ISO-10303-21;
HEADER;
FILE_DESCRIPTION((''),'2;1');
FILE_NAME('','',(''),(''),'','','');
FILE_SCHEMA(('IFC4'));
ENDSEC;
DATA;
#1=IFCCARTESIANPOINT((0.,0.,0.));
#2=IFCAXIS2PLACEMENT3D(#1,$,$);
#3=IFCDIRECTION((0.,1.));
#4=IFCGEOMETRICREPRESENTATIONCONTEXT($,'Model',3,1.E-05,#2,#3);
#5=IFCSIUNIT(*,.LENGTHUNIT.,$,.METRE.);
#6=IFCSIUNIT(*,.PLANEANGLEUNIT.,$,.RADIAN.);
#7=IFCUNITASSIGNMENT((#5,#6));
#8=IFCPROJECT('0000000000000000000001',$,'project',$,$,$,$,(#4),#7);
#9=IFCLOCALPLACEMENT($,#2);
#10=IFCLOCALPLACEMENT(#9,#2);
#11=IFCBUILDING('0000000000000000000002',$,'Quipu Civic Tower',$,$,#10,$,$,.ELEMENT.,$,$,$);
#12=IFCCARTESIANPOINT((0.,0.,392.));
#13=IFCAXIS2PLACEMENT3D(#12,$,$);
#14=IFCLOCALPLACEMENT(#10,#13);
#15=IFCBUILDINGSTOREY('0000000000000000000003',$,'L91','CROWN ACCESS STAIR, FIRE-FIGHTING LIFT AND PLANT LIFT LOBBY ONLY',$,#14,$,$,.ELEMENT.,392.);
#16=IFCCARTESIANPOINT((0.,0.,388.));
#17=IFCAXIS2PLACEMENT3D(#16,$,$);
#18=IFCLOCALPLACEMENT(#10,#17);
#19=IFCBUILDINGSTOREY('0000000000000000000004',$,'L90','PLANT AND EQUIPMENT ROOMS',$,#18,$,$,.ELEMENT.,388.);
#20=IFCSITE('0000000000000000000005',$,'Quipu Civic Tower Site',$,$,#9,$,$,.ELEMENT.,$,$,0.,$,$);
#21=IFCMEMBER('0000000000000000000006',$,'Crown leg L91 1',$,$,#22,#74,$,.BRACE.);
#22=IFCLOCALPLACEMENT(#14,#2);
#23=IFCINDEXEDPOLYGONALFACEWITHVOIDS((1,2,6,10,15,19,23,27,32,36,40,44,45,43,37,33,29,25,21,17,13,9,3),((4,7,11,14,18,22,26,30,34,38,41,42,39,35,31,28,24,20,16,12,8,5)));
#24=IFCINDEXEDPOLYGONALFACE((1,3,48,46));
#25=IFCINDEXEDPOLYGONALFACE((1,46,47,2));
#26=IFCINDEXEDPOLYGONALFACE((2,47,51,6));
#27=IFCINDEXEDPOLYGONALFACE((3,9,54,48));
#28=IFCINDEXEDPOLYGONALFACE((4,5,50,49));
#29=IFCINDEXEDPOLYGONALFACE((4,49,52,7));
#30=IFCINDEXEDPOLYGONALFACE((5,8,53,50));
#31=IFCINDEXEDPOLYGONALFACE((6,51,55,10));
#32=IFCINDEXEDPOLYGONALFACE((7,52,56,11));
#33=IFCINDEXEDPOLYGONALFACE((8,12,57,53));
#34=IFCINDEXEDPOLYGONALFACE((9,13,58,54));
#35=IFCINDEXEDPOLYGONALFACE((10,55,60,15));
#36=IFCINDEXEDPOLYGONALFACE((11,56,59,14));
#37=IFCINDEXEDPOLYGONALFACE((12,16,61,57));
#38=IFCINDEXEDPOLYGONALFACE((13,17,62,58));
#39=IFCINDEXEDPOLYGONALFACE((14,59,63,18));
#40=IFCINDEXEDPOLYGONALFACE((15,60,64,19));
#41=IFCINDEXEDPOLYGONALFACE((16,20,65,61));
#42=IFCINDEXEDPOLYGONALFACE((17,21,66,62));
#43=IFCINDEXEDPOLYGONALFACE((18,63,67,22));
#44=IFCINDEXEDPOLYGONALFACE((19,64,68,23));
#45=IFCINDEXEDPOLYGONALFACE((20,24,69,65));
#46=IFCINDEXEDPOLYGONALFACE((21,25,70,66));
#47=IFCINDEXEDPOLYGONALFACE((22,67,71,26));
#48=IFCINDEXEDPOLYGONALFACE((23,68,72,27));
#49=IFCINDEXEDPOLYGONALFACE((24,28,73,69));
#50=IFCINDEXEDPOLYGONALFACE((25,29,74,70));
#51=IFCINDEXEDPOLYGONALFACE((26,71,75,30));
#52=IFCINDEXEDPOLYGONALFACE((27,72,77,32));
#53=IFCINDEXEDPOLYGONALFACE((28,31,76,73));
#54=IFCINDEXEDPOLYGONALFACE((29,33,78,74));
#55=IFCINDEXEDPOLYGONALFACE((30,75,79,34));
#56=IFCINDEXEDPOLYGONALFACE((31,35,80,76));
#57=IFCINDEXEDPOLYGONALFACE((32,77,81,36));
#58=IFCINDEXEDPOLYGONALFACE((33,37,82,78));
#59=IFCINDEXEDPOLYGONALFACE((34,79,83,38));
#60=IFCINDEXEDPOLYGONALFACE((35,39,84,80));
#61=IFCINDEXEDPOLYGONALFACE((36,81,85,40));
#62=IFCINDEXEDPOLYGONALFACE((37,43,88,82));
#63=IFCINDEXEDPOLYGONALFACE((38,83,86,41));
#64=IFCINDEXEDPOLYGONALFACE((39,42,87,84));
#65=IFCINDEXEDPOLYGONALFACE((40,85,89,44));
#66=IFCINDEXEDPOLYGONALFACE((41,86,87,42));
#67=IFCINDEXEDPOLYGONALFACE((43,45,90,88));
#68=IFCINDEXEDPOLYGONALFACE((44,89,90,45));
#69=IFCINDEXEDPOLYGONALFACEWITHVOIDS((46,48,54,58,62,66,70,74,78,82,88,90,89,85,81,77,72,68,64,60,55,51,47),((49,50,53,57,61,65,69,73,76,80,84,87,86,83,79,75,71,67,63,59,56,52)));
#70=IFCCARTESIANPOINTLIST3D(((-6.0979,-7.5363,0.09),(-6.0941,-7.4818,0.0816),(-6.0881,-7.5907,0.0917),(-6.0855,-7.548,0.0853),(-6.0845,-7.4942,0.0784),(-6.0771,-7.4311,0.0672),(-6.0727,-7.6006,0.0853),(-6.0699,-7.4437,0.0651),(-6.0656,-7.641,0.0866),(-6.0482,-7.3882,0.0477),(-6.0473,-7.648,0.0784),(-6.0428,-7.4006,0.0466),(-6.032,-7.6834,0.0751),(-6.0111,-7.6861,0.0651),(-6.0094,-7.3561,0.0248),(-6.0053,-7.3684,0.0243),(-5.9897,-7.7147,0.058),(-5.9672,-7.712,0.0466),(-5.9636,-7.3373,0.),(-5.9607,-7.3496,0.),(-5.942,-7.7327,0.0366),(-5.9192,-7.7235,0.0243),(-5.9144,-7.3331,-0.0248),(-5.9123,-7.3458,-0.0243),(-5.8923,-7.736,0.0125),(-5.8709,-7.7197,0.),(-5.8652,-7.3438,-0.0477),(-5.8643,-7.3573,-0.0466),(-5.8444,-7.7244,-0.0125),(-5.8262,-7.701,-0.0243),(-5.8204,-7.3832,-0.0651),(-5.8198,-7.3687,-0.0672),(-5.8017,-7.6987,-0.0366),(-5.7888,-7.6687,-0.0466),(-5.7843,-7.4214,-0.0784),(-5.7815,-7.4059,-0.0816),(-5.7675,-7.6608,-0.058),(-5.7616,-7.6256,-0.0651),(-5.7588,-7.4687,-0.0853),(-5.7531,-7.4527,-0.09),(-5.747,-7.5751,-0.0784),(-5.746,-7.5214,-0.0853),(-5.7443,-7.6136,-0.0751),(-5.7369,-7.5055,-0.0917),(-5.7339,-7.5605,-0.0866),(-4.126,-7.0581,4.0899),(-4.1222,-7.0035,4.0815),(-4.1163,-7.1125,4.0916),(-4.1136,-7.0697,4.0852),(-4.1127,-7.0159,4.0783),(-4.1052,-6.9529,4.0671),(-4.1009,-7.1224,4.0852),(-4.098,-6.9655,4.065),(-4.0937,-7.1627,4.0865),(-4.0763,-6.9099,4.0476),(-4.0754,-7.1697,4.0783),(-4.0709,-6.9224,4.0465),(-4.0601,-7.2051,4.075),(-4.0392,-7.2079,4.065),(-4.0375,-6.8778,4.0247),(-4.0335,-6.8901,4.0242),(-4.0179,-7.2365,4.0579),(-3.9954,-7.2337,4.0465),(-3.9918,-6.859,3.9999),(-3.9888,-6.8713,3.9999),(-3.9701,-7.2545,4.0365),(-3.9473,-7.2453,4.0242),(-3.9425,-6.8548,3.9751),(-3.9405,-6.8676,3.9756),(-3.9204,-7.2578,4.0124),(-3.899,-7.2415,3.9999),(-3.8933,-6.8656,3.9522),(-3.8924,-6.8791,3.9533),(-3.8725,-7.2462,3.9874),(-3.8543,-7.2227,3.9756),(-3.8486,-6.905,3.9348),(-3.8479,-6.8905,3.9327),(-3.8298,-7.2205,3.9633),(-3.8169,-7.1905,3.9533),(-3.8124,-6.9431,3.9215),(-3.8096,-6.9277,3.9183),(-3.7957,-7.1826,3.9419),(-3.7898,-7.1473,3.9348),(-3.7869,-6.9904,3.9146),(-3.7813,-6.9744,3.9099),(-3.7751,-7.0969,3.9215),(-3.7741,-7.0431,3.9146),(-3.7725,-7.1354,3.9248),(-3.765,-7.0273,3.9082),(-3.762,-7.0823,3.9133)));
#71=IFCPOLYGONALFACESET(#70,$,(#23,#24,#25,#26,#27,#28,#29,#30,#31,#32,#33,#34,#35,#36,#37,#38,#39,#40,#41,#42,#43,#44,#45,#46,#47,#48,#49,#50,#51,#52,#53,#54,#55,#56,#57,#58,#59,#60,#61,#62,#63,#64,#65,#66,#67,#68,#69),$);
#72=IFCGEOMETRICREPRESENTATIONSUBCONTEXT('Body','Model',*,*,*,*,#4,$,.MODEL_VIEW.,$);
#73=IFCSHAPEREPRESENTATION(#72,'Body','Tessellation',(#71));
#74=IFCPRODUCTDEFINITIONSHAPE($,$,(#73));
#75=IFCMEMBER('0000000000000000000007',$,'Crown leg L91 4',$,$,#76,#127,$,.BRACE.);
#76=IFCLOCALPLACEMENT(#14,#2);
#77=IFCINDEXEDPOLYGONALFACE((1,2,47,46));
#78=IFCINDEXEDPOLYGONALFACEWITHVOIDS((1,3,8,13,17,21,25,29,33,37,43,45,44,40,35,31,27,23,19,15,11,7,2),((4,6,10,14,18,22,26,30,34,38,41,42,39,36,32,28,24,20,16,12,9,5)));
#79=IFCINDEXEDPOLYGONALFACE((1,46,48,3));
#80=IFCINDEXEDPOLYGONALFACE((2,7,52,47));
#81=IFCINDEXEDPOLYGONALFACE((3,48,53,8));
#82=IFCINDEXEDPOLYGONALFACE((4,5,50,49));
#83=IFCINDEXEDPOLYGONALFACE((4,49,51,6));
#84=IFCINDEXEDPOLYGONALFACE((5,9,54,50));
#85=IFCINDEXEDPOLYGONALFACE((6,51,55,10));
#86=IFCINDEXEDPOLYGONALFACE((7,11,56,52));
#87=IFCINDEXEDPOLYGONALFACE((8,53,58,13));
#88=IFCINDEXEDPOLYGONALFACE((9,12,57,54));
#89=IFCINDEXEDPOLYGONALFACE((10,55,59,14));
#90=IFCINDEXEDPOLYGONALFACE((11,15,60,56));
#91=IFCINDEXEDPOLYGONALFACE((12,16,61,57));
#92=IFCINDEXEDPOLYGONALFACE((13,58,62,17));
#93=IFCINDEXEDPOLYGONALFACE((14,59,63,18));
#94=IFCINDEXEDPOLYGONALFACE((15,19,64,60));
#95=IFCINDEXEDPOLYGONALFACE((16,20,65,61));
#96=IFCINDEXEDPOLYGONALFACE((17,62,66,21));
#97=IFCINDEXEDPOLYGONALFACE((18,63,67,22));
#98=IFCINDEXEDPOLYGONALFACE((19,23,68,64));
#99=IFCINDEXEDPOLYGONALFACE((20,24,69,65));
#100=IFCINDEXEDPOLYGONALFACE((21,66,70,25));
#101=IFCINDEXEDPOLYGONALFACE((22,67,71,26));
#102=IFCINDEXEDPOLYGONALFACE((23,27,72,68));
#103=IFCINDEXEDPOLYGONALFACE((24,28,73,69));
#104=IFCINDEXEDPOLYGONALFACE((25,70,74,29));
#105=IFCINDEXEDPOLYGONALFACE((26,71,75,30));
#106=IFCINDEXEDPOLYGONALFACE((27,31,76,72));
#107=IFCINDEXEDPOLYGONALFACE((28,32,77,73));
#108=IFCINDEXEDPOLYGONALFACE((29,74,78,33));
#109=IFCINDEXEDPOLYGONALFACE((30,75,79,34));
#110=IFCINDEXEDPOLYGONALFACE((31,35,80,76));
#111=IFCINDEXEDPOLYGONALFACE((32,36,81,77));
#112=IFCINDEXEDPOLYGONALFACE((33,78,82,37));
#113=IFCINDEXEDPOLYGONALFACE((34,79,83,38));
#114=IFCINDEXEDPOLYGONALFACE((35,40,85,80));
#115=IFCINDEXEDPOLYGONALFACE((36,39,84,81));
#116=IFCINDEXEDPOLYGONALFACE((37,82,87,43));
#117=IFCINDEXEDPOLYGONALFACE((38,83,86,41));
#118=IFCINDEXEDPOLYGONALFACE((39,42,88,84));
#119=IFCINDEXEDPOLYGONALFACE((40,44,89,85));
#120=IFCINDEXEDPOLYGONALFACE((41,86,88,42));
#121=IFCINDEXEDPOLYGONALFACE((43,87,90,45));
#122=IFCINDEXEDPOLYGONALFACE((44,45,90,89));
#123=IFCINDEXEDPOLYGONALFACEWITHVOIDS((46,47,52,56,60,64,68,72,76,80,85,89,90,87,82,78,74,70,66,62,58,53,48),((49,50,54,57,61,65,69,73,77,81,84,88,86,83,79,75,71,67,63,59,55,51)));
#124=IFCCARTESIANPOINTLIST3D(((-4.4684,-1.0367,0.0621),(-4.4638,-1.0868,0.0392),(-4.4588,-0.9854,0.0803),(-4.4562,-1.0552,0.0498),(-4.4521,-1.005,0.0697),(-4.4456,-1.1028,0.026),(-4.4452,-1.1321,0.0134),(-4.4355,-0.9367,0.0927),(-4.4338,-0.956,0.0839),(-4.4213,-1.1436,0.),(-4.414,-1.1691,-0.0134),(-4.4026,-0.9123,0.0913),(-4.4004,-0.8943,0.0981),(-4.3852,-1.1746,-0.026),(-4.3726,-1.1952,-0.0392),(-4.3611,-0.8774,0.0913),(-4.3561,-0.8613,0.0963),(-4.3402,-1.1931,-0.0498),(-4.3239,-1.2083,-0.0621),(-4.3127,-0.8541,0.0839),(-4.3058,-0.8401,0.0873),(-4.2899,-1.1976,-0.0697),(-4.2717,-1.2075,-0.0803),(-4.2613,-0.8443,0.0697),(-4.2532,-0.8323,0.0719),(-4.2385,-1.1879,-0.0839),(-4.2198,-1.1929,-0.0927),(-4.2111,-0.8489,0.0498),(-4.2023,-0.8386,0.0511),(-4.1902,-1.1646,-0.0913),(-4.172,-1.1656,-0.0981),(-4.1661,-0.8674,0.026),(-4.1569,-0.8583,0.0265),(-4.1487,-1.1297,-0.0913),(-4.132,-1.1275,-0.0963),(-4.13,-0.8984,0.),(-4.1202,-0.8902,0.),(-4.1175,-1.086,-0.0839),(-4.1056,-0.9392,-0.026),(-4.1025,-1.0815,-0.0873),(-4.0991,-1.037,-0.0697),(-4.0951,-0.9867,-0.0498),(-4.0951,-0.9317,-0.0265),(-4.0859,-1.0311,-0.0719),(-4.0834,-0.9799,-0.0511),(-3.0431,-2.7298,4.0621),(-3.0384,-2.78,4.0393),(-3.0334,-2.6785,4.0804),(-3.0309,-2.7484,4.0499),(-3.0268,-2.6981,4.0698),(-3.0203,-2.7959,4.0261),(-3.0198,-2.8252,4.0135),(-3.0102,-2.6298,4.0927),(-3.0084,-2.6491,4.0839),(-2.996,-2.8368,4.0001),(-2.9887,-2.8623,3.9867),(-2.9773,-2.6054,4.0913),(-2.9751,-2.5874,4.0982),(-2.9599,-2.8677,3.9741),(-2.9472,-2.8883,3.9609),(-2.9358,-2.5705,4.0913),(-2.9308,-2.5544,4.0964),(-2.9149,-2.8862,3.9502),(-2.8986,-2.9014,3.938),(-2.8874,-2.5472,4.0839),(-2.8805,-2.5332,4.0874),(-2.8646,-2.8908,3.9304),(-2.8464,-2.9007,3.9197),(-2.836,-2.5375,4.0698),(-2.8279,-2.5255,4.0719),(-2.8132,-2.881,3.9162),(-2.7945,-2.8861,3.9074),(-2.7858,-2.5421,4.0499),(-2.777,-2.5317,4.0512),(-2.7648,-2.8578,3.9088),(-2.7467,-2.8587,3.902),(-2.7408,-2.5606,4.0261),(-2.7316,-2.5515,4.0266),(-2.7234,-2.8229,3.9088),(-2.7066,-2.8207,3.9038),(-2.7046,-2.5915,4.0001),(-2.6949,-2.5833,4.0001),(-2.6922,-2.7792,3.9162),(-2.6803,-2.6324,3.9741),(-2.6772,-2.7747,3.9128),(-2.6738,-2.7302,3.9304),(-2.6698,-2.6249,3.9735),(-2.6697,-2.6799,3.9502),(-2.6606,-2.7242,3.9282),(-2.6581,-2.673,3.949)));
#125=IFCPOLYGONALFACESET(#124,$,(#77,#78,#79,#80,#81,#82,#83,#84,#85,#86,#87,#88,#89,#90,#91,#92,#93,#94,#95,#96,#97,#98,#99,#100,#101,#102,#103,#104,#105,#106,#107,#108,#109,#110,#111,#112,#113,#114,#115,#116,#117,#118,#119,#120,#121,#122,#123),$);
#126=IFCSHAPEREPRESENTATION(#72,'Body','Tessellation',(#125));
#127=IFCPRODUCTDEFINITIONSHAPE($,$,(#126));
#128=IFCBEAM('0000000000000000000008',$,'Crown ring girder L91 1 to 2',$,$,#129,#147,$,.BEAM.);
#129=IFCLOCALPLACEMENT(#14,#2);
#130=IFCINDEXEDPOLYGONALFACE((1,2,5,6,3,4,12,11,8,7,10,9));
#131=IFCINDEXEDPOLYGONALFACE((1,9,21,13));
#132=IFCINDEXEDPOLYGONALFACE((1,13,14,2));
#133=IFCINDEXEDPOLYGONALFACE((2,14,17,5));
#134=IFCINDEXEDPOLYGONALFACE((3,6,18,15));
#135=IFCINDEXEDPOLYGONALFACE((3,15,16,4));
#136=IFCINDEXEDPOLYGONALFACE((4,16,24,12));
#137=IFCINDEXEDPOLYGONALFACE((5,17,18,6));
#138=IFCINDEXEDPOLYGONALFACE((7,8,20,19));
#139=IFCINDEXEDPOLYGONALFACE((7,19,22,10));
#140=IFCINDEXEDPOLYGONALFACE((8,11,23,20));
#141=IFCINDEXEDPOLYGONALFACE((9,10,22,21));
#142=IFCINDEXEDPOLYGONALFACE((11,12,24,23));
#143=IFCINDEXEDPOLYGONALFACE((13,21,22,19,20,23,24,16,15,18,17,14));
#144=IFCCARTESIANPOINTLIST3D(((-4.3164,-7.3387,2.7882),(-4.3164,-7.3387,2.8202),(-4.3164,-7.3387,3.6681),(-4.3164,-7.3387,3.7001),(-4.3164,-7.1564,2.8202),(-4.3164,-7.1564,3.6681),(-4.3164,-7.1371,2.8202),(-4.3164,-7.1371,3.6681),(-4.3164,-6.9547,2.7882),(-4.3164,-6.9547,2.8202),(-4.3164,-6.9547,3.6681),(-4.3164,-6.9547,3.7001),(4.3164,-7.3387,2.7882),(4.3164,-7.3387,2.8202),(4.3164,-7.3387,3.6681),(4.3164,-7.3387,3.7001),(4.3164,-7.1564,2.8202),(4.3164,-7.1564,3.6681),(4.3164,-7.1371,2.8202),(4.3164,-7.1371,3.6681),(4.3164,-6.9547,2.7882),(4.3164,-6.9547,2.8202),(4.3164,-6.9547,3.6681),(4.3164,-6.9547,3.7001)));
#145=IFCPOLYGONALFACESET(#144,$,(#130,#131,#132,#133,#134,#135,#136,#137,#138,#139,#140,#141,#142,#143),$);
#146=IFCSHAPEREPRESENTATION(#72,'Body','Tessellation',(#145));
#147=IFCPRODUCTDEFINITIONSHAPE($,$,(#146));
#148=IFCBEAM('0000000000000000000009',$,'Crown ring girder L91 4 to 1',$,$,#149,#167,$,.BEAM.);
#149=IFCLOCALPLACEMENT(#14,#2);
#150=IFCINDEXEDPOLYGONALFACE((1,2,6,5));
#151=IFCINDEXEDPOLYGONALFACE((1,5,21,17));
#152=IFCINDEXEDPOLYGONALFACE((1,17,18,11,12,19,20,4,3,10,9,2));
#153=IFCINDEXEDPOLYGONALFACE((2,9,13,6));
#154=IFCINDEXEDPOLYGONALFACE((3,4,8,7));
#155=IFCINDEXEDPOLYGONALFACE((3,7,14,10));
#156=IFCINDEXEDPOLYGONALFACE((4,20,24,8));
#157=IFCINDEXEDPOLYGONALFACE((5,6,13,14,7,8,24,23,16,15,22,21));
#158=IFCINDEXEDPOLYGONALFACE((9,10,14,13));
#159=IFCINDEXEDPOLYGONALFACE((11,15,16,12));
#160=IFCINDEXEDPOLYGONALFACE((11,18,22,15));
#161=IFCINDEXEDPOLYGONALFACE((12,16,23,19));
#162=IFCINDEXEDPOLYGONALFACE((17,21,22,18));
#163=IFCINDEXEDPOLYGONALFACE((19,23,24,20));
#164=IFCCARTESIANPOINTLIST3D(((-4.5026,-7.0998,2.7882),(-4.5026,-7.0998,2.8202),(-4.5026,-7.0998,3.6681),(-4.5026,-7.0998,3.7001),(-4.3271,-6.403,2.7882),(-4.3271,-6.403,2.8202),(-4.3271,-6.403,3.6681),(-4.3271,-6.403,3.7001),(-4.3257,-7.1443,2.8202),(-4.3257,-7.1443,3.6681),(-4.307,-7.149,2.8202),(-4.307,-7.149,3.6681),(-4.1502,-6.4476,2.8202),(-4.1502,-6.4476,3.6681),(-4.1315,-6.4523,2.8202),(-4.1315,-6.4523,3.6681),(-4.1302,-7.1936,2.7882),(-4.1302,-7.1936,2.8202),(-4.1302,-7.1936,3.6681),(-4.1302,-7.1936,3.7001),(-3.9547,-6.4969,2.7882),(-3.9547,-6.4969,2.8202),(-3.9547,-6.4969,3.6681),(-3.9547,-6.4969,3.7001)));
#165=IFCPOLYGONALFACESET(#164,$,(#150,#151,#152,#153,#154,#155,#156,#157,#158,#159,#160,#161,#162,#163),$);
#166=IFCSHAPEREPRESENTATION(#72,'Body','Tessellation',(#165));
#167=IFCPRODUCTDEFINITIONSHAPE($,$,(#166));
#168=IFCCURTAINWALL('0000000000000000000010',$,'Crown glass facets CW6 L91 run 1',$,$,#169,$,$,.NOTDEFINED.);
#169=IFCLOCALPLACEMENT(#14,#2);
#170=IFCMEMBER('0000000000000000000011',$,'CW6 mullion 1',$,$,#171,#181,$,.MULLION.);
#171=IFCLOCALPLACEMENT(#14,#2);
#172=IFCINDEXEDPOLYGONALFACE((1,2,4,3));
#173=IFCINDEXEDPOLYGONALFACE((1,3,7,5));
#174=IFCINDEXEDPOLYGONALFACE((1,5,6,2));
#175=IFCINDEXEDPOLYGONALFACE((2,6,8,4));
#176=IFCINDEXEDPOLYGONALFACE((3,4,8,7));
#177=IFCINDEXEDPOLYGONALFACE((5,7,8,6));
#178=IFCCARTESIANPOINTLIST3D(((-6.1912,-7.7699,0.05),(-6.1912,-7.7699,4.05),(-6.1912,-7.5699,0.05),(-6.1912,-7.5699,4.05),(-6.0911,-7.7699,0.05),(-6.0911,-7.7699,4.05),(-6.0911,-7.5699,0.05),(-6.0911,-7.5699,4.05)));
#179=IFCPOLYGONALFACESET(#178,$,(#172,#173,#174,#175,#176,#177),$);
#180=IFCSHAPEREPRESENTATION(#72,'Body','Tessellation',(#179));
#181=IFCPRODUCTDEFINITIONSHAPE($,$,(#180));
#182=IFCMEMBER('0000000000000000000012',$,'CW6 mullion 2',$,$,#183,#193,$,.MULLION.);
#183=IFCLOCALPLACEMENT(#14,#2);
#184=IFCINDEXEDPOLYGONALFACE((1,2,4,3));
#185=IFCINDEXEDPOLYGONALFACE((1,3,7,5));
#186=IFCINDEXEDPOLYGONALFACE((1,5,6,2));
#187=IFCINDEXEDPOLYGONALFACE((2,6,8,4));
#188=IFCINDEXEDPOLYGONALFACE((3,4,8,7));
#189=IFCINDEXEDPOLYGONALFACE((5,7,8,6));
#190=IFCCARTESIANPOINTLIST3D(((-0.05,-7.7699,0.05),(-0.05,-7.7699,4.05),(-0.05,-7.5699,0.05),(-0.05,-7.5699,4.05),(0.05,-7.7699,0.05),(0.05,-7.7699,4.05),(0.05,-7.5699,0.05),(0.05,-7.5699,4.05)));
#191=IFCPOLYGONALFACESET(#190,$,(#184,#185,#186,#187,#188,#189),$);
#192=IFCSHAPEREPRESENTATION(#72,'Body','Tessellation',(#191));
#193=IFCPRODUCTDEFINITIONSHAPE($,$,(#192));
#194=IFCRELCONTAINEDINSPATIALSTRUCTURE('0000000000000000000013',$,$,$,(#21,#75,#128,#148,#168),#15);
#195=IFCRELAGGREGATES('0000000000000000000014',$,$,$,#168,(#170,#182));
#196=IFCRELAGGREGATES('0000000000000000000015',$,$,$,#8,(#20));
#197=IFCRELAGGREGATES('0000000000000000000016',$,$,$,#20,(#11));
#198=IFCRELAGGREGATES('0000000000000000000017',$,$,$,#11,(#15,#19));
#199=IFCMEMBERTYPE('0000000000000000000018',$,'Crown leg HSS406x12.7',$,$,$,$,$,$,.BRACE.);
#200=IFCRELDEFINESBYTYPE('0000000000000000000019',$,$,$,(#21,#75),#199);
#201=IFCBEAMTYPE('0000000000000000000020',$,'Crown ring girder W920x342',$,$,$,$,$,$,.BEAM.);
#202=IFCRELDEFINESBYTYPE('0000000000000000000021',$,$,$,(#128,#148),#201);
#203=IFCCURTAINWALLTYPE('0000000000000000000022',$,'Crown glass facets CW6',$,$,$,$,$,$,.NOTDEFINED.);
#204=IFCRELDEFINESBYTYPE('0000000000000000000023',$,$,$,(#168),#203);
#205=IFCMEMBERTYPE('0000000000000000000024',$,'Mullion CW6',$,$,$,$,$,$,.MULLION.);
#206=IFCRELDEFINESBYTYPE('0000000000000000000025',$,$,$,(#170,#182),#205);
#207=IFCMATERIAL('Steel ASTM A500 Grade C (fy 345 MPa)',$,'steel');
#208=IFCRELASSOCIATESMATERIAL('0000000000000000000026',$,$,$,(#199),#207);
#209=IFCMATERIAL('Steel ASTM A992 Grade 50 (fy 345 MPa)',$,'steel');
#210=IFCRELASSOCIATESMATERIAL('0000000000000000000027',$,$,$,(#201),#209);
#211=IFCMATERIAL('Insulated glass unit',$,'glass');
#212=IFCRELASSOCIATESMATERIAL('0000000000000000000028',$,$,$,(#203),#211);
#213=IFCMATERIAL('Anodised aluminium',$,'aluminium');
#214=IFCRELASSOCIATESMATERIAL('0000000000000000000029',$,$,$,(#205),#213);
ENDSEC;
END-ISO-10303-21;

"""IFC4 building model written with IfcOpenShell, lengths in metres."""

from ifc_helpers import new_model, si_unit, direction, frame, origin, origin_2d, place, context, subcontext, project, spatial, rectangle, hollow_circle, i_section, extrude, material, material_profile, profile_set, type_object, element, aggregate, save


model = new_model("IFC4")

# Units and contexts
model_context = context("Model", 3, precision=1e-05, world=origin(), true_north=direction((0.0, 1.0)))
body_context = subcontext(model_context, "Body", "Model", "MODEL_VIEW")
ifc_project = project(units=[si_unit("LENGTHUNIT", "METRE"), si_unit("PLANEANGLEUNIT", "RADIAN")], contexts=[model_context])

# Site, building, storey
site_placement = place(None, origin())
site = spatial("IfcSite", under=ifc_project, at=site_placement, Name="Quipu Civic Tower Site", CompositionType="ELEMENT", RefElevation=0.0)
building_placement = place(site_placement, origin())
building = spatial("IfcBuilding", under=site, at=building_placement, Name="Quipu Civic Tower", CompositionType="ELEMENT")
storey_1_placement = place(building_placement, frame((0.0, 0.0, 392.0)))
storey_1 = spatial("IfcBuildingStorey", under=building, at=storey_1_placement, Name="L91", Description="CROWN ACCESS STAIR, FIRE-FIGHTING LIFT AND PLANT LIFT LOBBY ONLY", CompositionType="ELEMENT", Elevation=392.0)

# Members
ifc_material_1 = material(Name="Steel ASTM A500 Grade C (fy 345 MPa)", Category="steel")
ifc_material_profile_1 = material_profile(ifc_material_1, hollow_circle(Radius=0.2031, WallThickness=0.0127, at=origin_2d()), Name="HSS406x12.7")
ifc_profile_set_1 = profile_set([ifc_material_profile_1], Name="Steel ASTM A500 Grade C (fy 345 MPa)")
member_type_1 = type_object("IfcMemberType", Name="Crown leg HSS406x12.7", PredefinedType="BRACE", material=ifc_profile_set_1)
member_1_placement = place(storey_1_placement, frame((-5.9158, -7.5347, 0.0), z_axis=(0.439649, 0.106633, 0.891817), x_axis=(-0.235707, 0.971824, 0.0)))
element("IfcMember", 1, at=member_1_placement, inside=storey_1, type_object=member_type_1, Name="Crown leg L91 1", PredefinedType="BRACE", context=body_context, shape_type="SweptSolid", body=[
    extrude(hollow_circle(Radius=0.2031, WallThickness=0.0127, at=origin_2d()), origin(), (0.0, 0.0, 1.0), 4.4851),
])
member_2_placement = place(storey_1_placement, frame((-4.2756, -1.021, 0.0), z_axis=(0.311782, -0.370368, 0.874997), x_axis=(0.76502, 0.644007, 0.0)))
element("IfcMember", 2, at=member_2_placement, inside=storey_1, type_object=member_type_1, Name="Crown leg L91 4", PredefinedType="BRACE", context=body_context, shape_type="SweptSolid", body=[
    extrude(hollow_circle(Radius=0.2031, WallThickness=0.0127, at=origin_2d()), origin(), (0.0, 0.0, 1.0), 4.5715),
])

# Beams
ifc_material_2 = material(Name="Steel ASTM A992 Grade 50 (fy 345 MPa)", Category="steel")
ifc_material_profile_2 = material_profile(ifc_material_2, i_section(OverallWidth=0.384, OverallDepth=0.9119, WebThickness=0.0193, FlangeThickness=0.032, at=origin_2d()), Name="W920x342")
ifc_profile_set_2 = profile_set([ifc_material_profile_2], Name="Steel ASTM A992 Grade 50 (fy 345 MPa)")
beam_type_1 = type_object("IfcBeamType", Name="Crown ring girder W920x342", PredefinedType="BEAM", material=ifc_profile_set_2)
beam_1_placement = place(storey_1_placement, frame((-4.3164, -7.1467, 3.2441), z_axis=(1.0, 0.0, 0.0), x_axis=(0.0, 1.0, 0.0)))
element("IfcBeam", 3, at=beam_1_placement, inside=storey_1, type_object=beam_type_1, Name="Crown ring girder L91 1 to 2", PredefinedType="BEAM", context=body_context, shape_type="SweptSolid", body=[
    extrude(i_section(OverallWidth=0.384, OverallDepth=0.9119, WebThickness=0.0193, FlangeThickness=0.032, at=origin_2d()), origin(), (0.0, 0.0, 1.0), 8.6328),
])
beam_2_placement = place(storey_1_placement, frame((-4.1409, -6.45, 3.2441), z_axis=(-0.244294, -0.969701, 0.0), x_axis=(0.969701, -0.244294, 0.0)))
element("IfcBeam", 4, at=beam_2_placement, inside=storey_1, type_object=beam_type_1, Name="Crown ring girder L91 4 to 1", PredefinedType="BEAM", context=body_context, shape_type="SweptSolid", body=[
    extrude(i_section(OverallWidth=0.384, OverallDepth=0.9119, WebThickness=0.0193, FlangeThickness=0.032, at=origin_2d()), origin(), (0.0, 0.0, 1.0), 0.7185),
])

# Curtain wall, members
ifc_material_3 = material(Name="Insulated glass unit", Category="glass")
curtain_wall_type_1 = type_object("IfcCurtainWallType", Name="Crown glass facets CW6", PredefinedType="NOTDEFINED", material=ifc_material_3)
curtain_wall_1_placement = place(storey_1_placement, origin())
curtain_wall_1 = element("IfcCurtainWall", 5, at=curtain_wall_1_placement, inside=storey_1, type_object=curtain_wall_type_1, Name="Crown glass facets CW6 L91 run 1", PredefinedType="NOTDEFINED")
ifc_material_4 = material(Name="Anodised aluminium", Category="aluminium")
ifc_material_profile_3 = material_profile(ifc_material_4, rectangle(XDim=0.2, YDim=0.1001, at=origin_2d()), Name="RECT 200x100")
ifc_profile_set_3 = profile_set([ifc_material_profile_3], Name="Anodised aluminium")
member_type_2 = type_object("IfcMemberType", Name="Mullion CW6", PredefinedType="MULLION", material=ifc_profile_set_3)
member_3_placement = place(storey_1_placement, frame((-6.1411, -7.6699, 0.05), z_axis=(0.0, 0.0, 1.0), x_axis=(0.0, 1.0, 0.0)))
member_3 = element("IfcMember", 6, at=member_3_placement, type_object=member_type_2, Name="CW6 mullion 1", PredefinedType="MULLION", context=body_context, shape_type="SweptSolid", body=[
    extrude(rectangle(XDim=0.2, YDim=0.1001, at=origin_2d()), origin(), (0.0, 0.0, 1.0), 4.0),
])
member_4_placement = place(storey_1_placement, frame((0.0, -7.6699, 0.05), z_axis=(0.0, 0.0, 1.0), x_axis=(0.0, 1.0, 0.0)))
member_4 = element("IfcMember", 7, at=member_4_placement, type_object=member_type_2, Name="CW6 mullion 2", PredefinedType="MULLION", context=body_context, shape_type="SweptSolid", body=[
    extrude(rectangle(XDim=0.2, YDim=0.1001, at=origin_2d()), origin(), (0.0, 0.0, 1.0), 4.0),
])

# Shared definitions
storey_2_placement = place(building_placement, frame((0.0, 0.0, 388.0)))
storey_2 = spatial("IfcBuildingStorey", under=building, at=storey_2_placement, Name="L90", Description="PLANT AND EQUIPMENT ROOMS", CompositionType="ELEMENT", Elevation=388.0)

aggregate(curtain_wall_1, [member_3, member_4])

save(model, "model.ifc")
